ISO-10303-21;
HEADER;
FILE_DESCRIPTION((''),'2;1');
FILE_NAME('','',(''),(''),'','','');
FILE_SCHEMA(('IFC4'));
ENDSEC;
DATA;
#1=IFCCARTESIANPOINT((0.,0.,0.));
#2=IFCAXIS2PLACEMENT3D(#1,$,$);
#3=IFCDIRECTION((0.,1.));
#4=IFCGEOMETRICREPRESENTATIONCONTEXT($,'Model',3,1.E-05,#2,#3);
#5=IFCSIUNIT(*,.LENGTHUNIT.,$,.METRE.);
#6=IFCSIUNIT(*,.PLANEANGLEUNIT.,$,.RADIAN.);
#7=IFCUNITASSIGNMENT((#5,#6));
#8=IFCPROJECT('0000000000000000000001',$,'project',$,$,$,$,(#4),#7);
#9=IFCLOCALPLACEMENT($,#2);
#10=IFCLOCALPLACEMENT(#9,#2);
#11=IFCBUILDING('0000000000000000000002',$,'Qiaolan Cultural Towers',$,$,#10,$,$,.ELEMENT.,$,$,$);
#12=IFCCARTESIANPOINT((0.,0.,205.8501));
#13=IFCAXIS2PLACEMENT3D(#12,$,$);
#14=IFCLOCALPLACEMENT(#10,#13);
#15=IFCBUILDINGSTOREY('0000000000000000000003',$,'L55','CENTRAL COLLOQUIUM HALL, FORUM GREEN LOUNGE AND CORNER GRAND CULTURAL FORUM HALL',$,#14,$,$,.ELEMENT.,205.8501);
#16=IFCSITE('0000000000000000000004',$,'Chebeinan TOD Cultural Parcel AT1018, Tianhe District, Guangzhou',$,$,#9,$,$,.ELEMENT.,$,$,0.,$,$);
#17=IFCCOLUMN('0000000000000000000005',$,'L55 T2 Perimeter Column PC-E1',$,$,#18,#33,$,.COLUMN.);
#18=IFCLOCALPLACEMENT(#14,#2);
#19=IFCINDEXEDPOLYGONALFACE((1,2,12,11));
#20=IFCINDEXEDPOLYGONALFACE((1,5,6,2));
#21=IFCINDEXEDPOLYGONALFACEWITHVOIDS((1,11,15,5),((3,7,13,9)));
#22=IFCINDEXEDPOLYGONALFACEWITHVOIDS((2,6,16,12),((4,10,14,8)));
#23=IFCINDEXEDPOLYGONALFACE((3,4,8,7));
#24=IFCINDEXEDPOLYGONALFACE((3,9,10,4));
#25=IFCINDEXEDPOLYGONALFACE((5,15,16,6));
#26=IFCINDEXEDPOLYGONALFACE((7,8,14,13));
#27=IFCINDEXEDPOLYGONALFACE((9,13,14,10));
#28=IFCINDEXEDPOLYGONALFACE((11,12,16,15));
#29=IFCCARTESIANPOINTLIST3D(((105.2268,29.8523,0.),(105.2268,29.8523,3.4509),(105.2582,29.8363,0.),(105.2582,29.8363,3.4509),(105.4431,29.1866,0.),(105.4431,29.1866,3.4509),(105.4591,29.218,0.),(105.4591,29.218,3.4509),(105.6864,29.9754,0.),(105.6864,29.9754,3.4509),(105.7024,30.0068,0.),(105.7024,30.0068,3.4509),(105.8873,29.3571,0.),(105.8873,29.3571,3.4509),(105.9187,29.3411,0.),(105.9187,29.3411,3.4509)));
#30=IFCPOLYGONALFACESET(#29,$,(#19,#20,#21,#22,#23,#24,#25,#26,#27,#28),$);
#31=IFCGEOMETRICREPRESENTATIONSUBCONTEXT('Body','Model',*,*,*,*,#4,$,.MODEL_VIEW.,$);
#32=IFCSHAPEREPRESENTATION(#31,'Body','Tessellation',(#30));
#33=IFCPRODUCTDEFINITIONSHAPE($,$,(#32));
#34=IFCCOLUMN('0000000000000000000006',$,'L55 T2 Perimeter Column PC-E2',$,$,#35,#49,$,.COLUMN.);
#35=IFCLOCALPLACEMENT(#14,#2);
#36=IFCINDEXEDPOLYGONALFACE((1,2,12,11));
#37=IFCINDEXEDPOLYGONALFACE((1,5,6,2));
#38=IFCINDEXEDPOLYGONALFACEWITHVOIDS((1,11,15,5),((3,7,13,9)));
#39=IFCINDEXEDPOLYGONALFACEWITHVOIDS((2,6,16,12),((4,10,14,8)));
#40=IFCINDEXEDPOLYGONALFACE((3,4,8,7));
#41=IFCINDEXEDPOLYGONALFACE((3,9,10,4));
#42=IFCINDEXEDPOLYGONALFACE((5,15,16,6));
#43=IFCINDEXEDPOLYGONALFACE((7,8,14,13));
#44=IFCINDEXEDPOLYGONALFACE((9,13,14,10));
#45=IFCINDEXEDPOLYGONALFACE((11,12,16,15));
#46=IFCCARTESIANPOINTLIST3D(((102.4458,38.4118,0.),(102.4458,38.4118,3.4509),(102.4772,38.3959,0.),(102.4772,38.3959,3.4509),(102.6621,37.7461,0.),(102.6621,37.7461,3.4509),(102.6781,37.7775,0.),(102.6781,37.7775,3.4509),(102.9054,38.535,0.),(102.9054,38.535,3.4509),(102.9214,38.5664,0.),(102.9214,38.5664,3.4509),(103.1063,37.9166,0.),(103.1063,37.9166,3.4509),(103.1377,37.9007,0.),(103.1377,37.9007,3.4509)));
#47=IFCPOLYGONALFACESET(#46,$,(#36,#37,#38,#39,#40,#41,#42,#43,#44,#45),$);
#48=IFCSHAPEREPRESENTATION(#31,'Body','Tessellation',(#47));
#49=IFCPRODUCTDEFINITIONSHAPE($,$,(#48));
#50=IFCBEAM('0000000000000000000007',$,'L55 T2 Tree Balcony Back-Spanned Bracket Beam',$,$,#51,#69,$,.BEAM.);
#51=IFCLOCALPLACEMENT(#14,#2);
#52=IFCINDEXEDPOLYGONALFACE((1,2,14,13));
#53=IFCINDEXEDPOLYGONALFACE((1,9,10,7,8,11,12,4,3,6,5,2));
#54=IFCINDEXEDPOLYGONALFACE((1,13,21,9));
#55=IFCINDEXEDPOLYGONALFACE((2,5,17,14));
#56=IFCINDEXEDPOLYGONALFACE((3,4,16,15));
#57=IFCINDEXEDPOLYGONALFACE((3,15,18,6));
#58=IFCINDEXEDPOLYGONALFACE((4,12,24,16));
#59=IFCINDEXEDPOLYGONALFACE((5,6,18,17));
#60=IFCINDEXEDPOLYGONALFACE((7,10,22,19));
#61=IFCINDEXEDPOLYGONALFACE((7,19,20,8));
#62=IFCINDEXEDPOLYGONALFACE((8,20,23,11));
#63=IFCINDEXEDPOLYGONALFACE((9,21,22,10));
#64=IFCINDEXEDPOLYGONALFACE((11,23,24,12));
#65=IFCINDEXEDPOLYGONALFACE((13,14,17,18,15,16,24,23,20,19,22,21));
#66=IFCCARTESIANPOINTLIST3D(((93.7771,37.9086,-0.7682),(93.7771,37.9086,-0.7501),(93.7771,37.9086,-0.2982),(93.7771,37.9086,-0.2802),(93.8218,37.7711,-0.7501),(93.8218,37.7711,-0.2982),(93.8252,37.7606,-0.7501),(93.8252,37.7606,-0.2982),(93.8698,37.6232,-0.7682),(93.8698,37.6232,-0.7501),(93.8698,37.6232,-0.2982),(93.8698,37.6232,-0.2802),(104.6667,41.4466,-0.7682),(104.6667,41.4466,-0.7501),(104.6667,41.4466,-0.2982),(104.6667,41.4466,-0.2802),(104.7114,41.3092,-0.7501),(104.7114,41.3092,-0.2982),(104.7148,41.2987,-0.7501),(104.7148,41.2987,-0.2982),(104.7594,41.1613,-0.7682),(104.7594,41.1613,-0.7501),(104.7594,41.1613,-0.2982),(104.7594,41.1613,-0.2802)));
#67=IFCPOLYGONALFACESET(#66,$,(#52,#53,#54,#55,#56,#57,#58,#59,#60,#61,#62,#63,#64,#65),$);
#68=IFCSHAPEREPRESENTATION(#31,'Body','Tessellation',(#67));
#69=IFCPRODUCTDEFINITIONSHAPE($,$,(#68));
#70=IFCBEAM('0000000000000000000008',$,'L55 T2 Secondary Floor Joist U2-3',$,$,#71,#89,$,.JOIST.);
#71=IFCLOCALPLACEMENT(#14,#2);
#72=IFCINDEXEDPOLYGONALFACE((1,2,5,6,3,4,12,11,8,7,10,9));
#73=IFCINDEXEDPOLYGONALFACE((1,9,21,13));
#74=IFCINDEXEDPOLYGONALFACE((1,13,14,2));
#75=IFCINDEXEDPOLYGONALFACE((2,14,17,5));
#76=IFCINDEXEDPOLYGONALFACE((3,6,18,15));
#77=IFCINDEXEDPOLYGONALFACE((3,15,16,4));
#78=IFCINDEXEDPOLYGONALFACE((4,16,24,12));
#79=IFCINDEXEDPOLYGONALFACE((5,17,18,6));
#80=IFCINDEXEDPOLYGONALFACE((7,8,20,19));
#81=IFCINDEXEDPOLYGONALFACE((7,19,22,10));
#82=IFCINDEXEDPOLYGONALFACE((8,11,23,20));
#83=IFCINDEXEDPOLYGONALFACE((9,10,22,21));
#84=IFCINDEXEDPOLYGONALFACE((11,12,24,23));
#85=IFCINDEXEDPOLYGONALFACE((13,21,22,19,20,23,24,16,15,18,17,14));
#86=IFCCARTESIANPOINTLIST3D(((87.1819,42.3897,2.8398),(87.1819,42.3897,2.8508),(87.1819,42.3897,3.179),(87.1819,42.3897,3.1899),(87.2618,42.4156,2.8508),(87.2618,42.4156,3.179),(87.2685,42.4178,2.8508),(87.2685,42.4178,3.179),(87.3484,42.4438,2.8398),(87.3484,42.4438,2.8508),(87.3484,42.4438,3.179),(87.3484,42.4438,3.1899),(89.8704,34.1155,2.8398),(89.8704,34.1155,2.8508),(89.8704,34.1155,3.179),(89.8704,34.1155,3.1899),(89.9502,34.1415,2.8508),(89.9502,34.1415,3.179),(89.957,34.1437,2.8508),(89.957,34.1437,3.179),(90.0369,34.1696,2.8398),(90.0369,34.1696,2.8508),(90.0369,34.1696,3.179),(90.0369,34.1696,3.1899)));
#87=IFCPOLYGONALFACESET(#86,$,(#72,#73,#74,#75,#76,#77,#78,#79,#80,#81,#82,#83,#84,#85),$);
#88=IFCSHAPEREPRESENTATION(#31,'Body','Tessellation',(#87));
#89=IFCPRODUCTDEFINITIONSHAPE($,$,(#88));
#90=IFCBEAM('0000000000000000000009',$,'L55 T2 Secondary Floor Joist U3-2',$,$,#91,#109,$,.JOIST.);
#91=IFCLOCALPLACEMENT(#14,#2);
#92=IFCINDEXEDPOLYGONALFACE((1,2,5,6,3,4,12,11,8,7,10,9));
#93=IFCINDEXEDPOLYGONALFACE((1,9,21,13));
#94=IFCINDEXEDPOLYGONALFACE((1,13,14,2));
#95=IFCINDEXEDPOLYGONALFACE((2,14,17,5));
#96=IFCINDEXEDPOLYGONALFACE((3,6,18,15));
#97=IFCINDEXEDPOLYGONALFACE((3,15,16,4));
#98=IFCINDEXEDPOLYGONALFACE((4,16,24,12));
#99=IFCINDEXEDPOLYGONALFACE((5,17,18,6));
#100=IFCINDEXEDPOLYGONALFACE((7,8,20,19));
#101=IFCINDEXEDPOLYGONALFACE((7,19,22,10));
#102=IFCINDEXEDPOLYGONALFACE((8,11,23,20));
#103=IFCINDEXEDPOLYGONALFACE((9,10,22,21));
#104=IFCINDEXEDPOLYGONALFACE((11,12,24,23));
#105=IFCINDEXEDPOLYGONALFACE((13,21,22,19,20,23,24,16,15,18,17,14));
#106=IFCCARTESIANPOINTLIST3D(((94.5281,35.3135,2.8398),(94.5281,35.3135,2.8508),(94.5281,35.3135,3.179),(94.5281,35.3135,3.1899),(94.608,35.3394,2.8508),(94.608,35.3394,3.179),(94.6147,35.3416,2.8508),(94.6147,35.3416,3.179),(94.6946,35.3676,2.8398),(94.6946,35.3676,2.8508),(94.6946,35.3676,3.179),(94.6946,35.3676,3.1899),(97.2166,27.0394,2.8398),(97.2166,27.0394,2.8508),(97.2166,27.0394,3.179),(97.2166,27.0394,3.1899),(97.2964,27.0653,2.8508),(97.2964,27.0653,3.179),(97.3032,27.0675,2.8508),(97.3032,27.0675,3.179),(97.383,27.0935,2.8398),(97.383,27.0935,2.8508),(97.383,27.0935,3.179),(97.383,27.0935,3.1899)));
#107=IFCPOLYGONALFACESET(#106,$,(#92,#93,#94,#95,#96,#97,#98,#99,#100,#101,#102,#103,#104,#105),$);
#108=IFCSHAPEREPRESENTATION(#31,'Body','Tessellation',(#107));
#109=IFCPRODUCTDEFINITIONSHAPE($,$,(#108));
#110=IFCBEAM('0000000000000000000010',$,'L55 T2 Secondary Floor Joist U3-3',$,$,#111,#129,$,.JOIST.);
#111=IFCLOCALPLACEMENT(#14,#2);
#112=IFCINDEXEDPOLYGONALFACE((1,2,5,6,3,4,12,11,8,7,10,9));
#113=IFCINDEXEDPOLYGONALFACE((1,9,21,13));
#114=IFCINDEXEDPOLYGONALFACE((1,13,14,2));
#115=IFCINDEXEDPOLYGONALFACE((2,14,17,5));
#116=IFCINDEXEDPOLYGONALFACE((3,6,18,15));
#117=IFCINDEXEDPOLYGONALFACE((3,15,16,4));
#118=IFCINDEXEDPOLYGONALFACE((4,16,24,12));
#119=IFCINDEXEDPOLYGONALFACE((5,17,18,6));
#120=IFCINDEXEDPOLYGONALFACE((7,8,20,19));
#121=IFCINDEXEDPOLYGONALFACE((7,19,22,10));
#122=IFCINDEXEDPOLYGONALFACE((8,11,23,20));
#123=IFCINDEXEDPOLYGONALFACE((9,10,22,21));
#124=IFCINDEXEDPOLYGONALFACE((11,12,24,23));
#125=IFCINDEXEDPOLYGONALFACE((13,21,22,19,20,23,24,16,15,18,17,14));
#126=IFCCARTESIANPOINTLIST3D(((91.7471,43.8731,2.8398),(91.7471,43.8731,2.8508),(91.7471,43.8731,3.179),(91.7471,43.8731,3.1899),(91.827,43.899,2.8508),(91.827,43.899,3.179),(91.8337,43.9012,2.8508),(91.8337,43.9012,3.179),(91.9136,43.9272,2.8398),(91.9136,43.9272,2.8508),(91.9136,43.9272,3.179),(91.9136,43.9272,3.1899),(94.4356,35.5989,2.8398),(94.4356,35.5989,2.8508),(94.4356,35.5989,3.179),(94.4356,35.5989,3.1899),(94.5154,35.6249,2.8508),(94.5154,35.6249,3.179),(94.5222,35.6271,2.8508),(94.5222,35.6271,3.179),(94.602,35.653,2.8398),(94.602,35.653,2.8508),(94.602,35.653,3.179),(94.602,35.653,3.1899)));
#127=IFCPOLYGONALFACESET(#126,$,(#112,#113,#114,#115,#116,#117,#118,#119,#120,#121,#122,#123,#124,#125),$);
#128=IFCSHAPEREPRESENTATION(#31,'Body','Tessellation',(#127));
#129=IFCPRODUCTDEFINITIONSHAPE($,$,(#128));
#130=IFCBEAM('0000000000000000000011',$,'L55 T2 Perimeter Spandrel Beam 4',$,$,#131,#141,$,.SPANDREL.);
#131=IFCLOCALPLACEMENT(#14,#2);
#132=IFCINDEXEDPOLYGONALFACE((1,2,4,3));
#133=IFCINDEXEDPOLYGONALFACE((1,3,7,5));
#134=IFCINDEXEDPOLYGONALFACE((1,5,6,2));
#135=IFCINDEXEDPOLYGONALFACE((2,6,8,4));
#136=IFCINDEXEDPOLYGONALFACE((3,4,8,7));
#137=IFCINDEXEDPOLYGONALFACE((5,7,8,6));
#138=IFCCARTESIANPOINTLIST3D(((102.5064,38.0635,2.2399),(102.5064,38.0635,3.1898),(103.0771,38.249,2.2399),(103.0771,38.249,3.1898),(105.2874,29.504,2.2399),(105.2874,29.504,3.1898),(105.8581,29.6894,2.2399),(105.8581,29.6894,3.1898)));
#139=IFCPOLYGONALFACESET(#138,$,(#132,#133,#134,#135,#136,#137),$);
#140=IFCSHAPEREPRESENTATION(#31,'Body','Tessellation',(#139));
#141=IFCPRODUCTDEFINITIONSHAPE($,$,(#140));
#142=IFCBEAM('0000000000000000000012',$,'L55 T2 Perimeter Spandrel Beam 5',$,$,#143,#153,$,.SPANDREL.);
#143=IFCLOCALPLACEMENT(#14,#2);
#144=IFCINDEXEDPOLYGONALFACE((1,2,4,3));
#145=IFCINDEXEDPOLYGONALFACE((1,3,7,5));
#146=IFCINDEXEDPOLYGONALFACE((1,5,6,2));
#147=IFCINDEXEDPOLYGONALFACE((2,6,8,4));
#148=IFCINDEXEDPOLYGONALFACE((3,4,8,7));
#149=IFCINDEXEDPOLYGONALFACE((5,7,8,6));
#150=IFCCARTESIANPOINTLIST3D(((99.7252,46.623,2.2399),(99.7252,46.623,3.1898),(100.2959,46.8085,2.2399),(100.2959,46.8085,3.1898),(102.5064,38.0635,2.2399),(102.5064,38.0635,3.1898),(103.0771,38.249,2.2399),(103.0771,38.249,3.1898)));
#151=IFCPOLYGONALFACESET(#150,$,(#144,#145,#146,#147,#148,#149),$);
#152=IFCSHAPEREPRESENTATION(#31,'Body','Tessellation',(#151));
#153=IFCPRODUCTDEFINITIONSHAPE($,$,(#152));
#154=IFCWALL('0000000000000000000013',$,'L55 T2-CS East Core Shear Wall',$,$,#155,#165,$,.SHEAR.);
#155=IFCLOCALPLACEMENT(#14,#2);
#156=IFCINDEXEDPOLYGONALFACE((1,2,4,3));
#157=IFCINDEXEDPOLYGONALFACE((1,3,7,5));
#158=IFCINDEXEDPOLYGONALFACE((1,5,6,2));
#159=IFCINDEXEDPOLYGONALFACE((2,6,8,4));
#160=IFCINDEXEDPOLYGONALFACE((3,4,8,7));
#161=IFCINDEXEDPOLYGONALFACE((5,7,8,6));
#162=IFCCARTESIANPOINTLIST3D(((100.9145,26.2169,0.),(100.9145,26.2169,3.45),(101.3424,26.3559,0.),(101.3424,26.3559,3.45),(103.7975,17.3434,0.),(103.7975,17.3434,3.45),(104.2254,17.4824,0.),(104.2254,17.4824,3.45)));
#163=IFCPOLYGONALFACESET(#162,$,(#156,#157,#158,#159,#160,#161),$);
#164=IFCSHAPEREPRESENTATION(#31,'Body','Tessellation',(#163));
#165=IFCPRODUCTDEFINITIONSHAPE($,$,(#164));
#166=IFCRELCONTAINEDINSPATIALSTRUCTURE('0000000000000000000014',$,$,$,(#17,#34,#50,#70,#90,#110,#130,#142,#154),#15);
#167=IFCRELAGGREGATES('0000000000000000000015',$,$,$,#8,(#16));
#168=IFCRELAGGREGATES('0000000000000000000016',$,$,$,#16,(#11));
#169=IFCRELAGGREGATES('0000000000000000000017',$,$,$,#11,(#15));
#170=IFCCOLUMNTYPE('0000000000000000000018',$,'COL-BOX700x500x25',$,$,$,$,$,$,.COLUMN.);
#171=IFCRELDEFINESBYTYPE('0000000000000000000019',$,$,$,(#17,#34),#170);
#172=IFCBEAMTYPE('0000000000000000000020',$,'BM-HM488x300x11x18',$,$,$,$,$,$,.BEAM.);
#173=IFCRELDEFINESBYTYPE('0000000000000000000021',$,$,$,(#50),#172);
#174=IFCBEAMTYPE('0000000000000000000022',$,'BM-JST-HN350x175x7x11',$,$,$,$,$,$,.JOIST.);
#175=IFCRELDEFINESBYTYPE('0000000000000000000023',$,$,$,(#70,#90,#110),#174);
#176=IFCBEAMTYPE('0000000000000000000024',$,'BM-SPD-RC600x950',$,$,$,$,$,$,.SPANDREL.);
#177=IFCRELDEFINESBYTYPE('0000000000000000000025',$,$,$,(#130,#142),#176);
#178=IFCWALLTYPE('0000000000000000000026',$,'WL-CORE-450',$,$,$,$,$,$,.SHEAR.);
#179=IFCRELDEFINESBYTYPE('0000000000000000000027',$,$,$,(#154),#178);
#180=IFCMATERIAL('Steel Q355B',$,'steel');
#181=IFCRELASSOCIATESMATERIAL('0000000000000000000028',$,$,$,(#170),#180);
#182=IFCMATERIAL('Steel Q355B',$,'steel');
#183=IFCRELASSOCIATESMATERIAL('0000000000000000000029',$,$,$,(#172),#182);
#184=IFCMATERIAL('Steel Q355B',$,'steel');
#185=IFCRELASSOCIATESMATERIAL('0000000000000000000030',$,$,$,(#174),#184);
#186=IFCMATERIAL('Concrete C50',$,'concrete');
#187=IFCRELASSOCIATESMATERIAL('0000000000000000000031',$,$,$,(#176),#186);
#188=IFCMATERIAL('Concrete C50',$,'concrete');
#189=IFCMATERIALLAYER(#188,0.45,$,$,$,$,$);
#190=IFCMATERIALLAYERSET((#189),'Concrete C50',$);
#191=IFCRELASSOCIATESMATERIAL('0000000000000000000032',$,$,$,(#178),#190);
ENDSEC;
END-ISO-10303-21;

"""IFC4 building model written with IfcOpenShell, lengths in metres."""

from ifc_helpers import new_model, si_unit, direction, frame, frame_2d, origin, origin_2d, place, context, subcontext, project, spatial, rectangle, hollow_rectangle, i_section, extrude, material, layer, layer_set, material_profile, profile_set, type_object, element, save


model = new_model("IFC4")

# Units and contexts
model_context = context("Model", 3, precision=1e-05, world=origin(), true_north=direction((0.0, 1.0)))
body_context = subcontext(model_context, "Body", "Model", "MODEL_VIEW")
ifc_project = project(units=[si_unit("LENGTHUNIT", "METRE"), si_unit("PLANEANGLEUNIT", "RADIAN")], contexts=[model_context])

# Site, building, storey
site_placement = place(None, origin())
site = spatial("IfcSite", under=ifc_project, at=site_placement, Name="Chebeinan TOD Cultural Parcel AT1018, Tianhe District, Guangzhou", CompositionType="ELEMENT", RefElevation=0.0)
building_placement = place(site_placement, origin())
building = spatial("IfcBuilding", under=site, at=building_placement, Name="Qiaolan Cultural Towers", CompositionType="ELEMENT")
storey_placement = place(building_placement, frame((0.0, 0.0, 205.8501)))
storey = spatial("IfcBuildingStorey", under=building, at=storey_placement, Name="L55", Description="CENTRAL COLLOQUIUM HALL, FORUM GREEN LOUNGE AND CORNER GRAND CULTURAL FORUM HALL", CompositionType="ELEMENT", Elevation=205.8501)

# Columns
ifc_material_1 = material(Name="Steel Q355B", Category="steel")
ifc_material_profile_1 = material_profile(ifc_material_1, hollow_rectangle(XDim=0.5, YDim=0.7, WallThickness=0.0249, at=origin_2d()), Name="BOX700x500x25")
ifc_profile_set_1 = profile_set([ifc_material_profile_1], Name="Steel Q355B")
column_type = type_object("IfcColumnType", Name="COL-BOX700x500x25", PredefinedType="COLUMN", material=ifc_profile_set_1)
for number, where, z_axis, x_axis, name in (
    (1, (105.5728, 29.5967, 0.0), (0.0, 0.0, 1.0), (0.951057, 0.309017, 0.0), "L55 T2 Perimeter Column PC-E1"),
    (2, (102.7917, 38.1562, 0.0), (0.0, 0.0, 1.0), (0.951057, 0.309017, 0.0), "L55 T2 Perimeter Column PC-E2"),
):
    element("IfcColumn", number, at=place(storey_placement, frame(where, z_axis=z_axis, x_axis=x_axis)), inside=storey, type_object=column_type, Name=name, PredefinedType="COLUMN", context=body_context, shape_type="SweptSolid", body=[
        extrude(hollow_rectangle(XDim=0.5, YDim=0.7, WallThickness=0.0249, at=origin_2d()), origin(), (0.0, 0.0, 1.0), 3.4509),
    ])

# Beams
ifc_material_2 = material(Name="Steel Q355B", Category="steel")
ifc_material_profile_2 = material_profile(ifc_material_2, i_section(OverallWidth=0.3, OverallDepth=0.488, WebThickness=0.011, FlangeThickness=0.0181, at=origin_2d()), Name="HM488x300x11x18")
ifc_profile_set_2 = profile_set([ifc_material_profile_2], Name="Steel Q355B")
beam_type_1 = type_object("IfcBeamType", Name="BM-HM488x300x11x18", PredefinedType="BEAM", material=ifc_profile_set_2)
beam_placement = place(storey_placement, frame((93.8235, 37.7659, -0.5242), z_axis=(0.951061, 0.309003, 0.0), x_axis=(-0.309003, 0.951061, 0.0)))
element("IfcBeam", 3, at=beam_placement, inside=storey, type_object=beam_type_1, Name="L55 T2 Tree Balcony Back-Spanned Bracket Beam", PredefinedType="BEAM", context=body_context, shape_type="SweptSolid", body=[
    extrude(i_section(OverallWidth=0.3, OverallDepth=0.488, WebThickness=0.011, FlangeThickness=0.0181, at=origin_2d()), origin(), (0.0, 0.0, 1.0), 11.45),
])
ifc_material_3 = material(Name="Steel Q355B", Category="steel")
ifc_material_profile_3 = material_profile(ifc_material_3, i_section(OverallWidth=0.175, OverallDepth=0.3501, WebThickness=0.0071, FlangeThickness=0.011, at=origin_2d()), Name="HN350x175x7x11")
ifc_profile_set_3 = profile_set([ifc_material_profile_3], Name="Steel Q355B")
beam_type_2 = type_object("IfcBeamType", Name="BM-JST-HN350x175x7x11", PredefinedType="JOIST", material=ifc_profile_set_3)
for number, where, z_axis, x_axis, name in (
    (4, (89.9536, 34.1426, 3.0149), (-0.309021, 0.951055, 0.0), (-0.951055, -0.309021, 0.0), "L55 T2 Secondary Floor Joist U2-3"),
    (5, (97.2998, 27.0664, 3.0149), (-0.309021, 0.951055, 0.0), (-0.951055, -0.309021, 0.0), "L55 T2 Secondary Floor Joist U3-2"),
    (6, (94.5188, 35.626, 3.0149), (-0.309021, 0.951055, 0.0), (-0.951055, -0.309021, 0.0), "L55 T2 Secondary Floor Joist U3-3"),
):
    element("IfcBeam", number, at=place(storey_placement, frame(where, z_axis=z_axis, x_axis=x_axis)), inside=storey, type_object=beam_type_2, Name=name, PredefinedType="JOIST", context=body_context, shape_type="SweptSolid", body=[
        extrude(i_section(OverallWidth=0.175, OverallDepth=0.3501, WebThickness=0.0071, FlangeThickness=0.011, at=origin_2d()), origin(), (0.0, 0.0, 1.0), 8.7),
    ])
ifc_material_4 = material(Name="Concrete C50", Category="concrete")
ifc_material_profile_4 = material_profile(ifc_material_4, rectangle(XDim=0.6001, YDim=0.95, at=origin_2d()), Name="RC600x950")
ifc_profile_set_4 = profile_set([ifc_material_profile_4], Name="Concrete C50")
beam_type_3 = type_object("IfcBeamType", Name="BM-SPD-RC600x950", PredefinedType="SPANDREL", material=ifc_profile_set_4)
for number, where, z_axis, x_axis, name in (
    (7, (105.5728, 29.5967, 2.7148), (-0.309, 0.951062, 0.0), (-0.951062, -0.309, 0.0), "L55 T2 Perimeter Spandrel Beam 4"),
    (8, (102.7917, 38.1562, 2.7148), (-0.309025, 0.951054, 0.0), (-0.951054, -0.309025, 0.0), "L55 T2 Perimeter Spandrel Beam 5"),
):
    element("IfcBeam", number, at=place(storey_placement, frame(where, z_axis=z_axis, x_axis=x_axis)), inside=storey, type_object=beam_type_3, Name=name, PredefinedType="SPANDREL", context=body_context, shape_type="SweptSolid", body=[
        extrude(rectangle(XDim=0.6001, YDim=0.95, at=origin_2d()), origin(), (0.0, 0.0, 1.0), 9.0),
    ])

# Wall
ifc_material_5 = material(Name="Concrete C50", Category="concrete")
ifc_layer_1 = layer(ifc_material_5, 0.45)
ifc_layer_set_1 = layer_set([ifc_layer_1], Name="Concrete C50")
wall_type_1 = type_object("IfcWallType", Name="WL-CORE-450", PredefinedType="SHEAR", material=ifc_layer_set_1)
wall_1_placement = place(storey_placement, frame((101.1284, 26.2864, 0.0), z_axis=(0.0, 0.0, 1.0), x_axis=(0.309004, -0.951061, 0.0)))
element("IfcWall", 9, at=wall_1_placement, inside=storey, type_object=wall_type_1, Name="L55 T2-CS East Core Shear Wall", PredefinedType="SHEAR", context=body_context, shape_type="SweptSolid", body=[
    extrude(rectangle(XDim=9.3301, YDim=0.45, at=frame_2d((4.665, 0.0))), origin(), (0.0, 0.0, 1.0), 3.45),
])

save(model, "model.ifc")
